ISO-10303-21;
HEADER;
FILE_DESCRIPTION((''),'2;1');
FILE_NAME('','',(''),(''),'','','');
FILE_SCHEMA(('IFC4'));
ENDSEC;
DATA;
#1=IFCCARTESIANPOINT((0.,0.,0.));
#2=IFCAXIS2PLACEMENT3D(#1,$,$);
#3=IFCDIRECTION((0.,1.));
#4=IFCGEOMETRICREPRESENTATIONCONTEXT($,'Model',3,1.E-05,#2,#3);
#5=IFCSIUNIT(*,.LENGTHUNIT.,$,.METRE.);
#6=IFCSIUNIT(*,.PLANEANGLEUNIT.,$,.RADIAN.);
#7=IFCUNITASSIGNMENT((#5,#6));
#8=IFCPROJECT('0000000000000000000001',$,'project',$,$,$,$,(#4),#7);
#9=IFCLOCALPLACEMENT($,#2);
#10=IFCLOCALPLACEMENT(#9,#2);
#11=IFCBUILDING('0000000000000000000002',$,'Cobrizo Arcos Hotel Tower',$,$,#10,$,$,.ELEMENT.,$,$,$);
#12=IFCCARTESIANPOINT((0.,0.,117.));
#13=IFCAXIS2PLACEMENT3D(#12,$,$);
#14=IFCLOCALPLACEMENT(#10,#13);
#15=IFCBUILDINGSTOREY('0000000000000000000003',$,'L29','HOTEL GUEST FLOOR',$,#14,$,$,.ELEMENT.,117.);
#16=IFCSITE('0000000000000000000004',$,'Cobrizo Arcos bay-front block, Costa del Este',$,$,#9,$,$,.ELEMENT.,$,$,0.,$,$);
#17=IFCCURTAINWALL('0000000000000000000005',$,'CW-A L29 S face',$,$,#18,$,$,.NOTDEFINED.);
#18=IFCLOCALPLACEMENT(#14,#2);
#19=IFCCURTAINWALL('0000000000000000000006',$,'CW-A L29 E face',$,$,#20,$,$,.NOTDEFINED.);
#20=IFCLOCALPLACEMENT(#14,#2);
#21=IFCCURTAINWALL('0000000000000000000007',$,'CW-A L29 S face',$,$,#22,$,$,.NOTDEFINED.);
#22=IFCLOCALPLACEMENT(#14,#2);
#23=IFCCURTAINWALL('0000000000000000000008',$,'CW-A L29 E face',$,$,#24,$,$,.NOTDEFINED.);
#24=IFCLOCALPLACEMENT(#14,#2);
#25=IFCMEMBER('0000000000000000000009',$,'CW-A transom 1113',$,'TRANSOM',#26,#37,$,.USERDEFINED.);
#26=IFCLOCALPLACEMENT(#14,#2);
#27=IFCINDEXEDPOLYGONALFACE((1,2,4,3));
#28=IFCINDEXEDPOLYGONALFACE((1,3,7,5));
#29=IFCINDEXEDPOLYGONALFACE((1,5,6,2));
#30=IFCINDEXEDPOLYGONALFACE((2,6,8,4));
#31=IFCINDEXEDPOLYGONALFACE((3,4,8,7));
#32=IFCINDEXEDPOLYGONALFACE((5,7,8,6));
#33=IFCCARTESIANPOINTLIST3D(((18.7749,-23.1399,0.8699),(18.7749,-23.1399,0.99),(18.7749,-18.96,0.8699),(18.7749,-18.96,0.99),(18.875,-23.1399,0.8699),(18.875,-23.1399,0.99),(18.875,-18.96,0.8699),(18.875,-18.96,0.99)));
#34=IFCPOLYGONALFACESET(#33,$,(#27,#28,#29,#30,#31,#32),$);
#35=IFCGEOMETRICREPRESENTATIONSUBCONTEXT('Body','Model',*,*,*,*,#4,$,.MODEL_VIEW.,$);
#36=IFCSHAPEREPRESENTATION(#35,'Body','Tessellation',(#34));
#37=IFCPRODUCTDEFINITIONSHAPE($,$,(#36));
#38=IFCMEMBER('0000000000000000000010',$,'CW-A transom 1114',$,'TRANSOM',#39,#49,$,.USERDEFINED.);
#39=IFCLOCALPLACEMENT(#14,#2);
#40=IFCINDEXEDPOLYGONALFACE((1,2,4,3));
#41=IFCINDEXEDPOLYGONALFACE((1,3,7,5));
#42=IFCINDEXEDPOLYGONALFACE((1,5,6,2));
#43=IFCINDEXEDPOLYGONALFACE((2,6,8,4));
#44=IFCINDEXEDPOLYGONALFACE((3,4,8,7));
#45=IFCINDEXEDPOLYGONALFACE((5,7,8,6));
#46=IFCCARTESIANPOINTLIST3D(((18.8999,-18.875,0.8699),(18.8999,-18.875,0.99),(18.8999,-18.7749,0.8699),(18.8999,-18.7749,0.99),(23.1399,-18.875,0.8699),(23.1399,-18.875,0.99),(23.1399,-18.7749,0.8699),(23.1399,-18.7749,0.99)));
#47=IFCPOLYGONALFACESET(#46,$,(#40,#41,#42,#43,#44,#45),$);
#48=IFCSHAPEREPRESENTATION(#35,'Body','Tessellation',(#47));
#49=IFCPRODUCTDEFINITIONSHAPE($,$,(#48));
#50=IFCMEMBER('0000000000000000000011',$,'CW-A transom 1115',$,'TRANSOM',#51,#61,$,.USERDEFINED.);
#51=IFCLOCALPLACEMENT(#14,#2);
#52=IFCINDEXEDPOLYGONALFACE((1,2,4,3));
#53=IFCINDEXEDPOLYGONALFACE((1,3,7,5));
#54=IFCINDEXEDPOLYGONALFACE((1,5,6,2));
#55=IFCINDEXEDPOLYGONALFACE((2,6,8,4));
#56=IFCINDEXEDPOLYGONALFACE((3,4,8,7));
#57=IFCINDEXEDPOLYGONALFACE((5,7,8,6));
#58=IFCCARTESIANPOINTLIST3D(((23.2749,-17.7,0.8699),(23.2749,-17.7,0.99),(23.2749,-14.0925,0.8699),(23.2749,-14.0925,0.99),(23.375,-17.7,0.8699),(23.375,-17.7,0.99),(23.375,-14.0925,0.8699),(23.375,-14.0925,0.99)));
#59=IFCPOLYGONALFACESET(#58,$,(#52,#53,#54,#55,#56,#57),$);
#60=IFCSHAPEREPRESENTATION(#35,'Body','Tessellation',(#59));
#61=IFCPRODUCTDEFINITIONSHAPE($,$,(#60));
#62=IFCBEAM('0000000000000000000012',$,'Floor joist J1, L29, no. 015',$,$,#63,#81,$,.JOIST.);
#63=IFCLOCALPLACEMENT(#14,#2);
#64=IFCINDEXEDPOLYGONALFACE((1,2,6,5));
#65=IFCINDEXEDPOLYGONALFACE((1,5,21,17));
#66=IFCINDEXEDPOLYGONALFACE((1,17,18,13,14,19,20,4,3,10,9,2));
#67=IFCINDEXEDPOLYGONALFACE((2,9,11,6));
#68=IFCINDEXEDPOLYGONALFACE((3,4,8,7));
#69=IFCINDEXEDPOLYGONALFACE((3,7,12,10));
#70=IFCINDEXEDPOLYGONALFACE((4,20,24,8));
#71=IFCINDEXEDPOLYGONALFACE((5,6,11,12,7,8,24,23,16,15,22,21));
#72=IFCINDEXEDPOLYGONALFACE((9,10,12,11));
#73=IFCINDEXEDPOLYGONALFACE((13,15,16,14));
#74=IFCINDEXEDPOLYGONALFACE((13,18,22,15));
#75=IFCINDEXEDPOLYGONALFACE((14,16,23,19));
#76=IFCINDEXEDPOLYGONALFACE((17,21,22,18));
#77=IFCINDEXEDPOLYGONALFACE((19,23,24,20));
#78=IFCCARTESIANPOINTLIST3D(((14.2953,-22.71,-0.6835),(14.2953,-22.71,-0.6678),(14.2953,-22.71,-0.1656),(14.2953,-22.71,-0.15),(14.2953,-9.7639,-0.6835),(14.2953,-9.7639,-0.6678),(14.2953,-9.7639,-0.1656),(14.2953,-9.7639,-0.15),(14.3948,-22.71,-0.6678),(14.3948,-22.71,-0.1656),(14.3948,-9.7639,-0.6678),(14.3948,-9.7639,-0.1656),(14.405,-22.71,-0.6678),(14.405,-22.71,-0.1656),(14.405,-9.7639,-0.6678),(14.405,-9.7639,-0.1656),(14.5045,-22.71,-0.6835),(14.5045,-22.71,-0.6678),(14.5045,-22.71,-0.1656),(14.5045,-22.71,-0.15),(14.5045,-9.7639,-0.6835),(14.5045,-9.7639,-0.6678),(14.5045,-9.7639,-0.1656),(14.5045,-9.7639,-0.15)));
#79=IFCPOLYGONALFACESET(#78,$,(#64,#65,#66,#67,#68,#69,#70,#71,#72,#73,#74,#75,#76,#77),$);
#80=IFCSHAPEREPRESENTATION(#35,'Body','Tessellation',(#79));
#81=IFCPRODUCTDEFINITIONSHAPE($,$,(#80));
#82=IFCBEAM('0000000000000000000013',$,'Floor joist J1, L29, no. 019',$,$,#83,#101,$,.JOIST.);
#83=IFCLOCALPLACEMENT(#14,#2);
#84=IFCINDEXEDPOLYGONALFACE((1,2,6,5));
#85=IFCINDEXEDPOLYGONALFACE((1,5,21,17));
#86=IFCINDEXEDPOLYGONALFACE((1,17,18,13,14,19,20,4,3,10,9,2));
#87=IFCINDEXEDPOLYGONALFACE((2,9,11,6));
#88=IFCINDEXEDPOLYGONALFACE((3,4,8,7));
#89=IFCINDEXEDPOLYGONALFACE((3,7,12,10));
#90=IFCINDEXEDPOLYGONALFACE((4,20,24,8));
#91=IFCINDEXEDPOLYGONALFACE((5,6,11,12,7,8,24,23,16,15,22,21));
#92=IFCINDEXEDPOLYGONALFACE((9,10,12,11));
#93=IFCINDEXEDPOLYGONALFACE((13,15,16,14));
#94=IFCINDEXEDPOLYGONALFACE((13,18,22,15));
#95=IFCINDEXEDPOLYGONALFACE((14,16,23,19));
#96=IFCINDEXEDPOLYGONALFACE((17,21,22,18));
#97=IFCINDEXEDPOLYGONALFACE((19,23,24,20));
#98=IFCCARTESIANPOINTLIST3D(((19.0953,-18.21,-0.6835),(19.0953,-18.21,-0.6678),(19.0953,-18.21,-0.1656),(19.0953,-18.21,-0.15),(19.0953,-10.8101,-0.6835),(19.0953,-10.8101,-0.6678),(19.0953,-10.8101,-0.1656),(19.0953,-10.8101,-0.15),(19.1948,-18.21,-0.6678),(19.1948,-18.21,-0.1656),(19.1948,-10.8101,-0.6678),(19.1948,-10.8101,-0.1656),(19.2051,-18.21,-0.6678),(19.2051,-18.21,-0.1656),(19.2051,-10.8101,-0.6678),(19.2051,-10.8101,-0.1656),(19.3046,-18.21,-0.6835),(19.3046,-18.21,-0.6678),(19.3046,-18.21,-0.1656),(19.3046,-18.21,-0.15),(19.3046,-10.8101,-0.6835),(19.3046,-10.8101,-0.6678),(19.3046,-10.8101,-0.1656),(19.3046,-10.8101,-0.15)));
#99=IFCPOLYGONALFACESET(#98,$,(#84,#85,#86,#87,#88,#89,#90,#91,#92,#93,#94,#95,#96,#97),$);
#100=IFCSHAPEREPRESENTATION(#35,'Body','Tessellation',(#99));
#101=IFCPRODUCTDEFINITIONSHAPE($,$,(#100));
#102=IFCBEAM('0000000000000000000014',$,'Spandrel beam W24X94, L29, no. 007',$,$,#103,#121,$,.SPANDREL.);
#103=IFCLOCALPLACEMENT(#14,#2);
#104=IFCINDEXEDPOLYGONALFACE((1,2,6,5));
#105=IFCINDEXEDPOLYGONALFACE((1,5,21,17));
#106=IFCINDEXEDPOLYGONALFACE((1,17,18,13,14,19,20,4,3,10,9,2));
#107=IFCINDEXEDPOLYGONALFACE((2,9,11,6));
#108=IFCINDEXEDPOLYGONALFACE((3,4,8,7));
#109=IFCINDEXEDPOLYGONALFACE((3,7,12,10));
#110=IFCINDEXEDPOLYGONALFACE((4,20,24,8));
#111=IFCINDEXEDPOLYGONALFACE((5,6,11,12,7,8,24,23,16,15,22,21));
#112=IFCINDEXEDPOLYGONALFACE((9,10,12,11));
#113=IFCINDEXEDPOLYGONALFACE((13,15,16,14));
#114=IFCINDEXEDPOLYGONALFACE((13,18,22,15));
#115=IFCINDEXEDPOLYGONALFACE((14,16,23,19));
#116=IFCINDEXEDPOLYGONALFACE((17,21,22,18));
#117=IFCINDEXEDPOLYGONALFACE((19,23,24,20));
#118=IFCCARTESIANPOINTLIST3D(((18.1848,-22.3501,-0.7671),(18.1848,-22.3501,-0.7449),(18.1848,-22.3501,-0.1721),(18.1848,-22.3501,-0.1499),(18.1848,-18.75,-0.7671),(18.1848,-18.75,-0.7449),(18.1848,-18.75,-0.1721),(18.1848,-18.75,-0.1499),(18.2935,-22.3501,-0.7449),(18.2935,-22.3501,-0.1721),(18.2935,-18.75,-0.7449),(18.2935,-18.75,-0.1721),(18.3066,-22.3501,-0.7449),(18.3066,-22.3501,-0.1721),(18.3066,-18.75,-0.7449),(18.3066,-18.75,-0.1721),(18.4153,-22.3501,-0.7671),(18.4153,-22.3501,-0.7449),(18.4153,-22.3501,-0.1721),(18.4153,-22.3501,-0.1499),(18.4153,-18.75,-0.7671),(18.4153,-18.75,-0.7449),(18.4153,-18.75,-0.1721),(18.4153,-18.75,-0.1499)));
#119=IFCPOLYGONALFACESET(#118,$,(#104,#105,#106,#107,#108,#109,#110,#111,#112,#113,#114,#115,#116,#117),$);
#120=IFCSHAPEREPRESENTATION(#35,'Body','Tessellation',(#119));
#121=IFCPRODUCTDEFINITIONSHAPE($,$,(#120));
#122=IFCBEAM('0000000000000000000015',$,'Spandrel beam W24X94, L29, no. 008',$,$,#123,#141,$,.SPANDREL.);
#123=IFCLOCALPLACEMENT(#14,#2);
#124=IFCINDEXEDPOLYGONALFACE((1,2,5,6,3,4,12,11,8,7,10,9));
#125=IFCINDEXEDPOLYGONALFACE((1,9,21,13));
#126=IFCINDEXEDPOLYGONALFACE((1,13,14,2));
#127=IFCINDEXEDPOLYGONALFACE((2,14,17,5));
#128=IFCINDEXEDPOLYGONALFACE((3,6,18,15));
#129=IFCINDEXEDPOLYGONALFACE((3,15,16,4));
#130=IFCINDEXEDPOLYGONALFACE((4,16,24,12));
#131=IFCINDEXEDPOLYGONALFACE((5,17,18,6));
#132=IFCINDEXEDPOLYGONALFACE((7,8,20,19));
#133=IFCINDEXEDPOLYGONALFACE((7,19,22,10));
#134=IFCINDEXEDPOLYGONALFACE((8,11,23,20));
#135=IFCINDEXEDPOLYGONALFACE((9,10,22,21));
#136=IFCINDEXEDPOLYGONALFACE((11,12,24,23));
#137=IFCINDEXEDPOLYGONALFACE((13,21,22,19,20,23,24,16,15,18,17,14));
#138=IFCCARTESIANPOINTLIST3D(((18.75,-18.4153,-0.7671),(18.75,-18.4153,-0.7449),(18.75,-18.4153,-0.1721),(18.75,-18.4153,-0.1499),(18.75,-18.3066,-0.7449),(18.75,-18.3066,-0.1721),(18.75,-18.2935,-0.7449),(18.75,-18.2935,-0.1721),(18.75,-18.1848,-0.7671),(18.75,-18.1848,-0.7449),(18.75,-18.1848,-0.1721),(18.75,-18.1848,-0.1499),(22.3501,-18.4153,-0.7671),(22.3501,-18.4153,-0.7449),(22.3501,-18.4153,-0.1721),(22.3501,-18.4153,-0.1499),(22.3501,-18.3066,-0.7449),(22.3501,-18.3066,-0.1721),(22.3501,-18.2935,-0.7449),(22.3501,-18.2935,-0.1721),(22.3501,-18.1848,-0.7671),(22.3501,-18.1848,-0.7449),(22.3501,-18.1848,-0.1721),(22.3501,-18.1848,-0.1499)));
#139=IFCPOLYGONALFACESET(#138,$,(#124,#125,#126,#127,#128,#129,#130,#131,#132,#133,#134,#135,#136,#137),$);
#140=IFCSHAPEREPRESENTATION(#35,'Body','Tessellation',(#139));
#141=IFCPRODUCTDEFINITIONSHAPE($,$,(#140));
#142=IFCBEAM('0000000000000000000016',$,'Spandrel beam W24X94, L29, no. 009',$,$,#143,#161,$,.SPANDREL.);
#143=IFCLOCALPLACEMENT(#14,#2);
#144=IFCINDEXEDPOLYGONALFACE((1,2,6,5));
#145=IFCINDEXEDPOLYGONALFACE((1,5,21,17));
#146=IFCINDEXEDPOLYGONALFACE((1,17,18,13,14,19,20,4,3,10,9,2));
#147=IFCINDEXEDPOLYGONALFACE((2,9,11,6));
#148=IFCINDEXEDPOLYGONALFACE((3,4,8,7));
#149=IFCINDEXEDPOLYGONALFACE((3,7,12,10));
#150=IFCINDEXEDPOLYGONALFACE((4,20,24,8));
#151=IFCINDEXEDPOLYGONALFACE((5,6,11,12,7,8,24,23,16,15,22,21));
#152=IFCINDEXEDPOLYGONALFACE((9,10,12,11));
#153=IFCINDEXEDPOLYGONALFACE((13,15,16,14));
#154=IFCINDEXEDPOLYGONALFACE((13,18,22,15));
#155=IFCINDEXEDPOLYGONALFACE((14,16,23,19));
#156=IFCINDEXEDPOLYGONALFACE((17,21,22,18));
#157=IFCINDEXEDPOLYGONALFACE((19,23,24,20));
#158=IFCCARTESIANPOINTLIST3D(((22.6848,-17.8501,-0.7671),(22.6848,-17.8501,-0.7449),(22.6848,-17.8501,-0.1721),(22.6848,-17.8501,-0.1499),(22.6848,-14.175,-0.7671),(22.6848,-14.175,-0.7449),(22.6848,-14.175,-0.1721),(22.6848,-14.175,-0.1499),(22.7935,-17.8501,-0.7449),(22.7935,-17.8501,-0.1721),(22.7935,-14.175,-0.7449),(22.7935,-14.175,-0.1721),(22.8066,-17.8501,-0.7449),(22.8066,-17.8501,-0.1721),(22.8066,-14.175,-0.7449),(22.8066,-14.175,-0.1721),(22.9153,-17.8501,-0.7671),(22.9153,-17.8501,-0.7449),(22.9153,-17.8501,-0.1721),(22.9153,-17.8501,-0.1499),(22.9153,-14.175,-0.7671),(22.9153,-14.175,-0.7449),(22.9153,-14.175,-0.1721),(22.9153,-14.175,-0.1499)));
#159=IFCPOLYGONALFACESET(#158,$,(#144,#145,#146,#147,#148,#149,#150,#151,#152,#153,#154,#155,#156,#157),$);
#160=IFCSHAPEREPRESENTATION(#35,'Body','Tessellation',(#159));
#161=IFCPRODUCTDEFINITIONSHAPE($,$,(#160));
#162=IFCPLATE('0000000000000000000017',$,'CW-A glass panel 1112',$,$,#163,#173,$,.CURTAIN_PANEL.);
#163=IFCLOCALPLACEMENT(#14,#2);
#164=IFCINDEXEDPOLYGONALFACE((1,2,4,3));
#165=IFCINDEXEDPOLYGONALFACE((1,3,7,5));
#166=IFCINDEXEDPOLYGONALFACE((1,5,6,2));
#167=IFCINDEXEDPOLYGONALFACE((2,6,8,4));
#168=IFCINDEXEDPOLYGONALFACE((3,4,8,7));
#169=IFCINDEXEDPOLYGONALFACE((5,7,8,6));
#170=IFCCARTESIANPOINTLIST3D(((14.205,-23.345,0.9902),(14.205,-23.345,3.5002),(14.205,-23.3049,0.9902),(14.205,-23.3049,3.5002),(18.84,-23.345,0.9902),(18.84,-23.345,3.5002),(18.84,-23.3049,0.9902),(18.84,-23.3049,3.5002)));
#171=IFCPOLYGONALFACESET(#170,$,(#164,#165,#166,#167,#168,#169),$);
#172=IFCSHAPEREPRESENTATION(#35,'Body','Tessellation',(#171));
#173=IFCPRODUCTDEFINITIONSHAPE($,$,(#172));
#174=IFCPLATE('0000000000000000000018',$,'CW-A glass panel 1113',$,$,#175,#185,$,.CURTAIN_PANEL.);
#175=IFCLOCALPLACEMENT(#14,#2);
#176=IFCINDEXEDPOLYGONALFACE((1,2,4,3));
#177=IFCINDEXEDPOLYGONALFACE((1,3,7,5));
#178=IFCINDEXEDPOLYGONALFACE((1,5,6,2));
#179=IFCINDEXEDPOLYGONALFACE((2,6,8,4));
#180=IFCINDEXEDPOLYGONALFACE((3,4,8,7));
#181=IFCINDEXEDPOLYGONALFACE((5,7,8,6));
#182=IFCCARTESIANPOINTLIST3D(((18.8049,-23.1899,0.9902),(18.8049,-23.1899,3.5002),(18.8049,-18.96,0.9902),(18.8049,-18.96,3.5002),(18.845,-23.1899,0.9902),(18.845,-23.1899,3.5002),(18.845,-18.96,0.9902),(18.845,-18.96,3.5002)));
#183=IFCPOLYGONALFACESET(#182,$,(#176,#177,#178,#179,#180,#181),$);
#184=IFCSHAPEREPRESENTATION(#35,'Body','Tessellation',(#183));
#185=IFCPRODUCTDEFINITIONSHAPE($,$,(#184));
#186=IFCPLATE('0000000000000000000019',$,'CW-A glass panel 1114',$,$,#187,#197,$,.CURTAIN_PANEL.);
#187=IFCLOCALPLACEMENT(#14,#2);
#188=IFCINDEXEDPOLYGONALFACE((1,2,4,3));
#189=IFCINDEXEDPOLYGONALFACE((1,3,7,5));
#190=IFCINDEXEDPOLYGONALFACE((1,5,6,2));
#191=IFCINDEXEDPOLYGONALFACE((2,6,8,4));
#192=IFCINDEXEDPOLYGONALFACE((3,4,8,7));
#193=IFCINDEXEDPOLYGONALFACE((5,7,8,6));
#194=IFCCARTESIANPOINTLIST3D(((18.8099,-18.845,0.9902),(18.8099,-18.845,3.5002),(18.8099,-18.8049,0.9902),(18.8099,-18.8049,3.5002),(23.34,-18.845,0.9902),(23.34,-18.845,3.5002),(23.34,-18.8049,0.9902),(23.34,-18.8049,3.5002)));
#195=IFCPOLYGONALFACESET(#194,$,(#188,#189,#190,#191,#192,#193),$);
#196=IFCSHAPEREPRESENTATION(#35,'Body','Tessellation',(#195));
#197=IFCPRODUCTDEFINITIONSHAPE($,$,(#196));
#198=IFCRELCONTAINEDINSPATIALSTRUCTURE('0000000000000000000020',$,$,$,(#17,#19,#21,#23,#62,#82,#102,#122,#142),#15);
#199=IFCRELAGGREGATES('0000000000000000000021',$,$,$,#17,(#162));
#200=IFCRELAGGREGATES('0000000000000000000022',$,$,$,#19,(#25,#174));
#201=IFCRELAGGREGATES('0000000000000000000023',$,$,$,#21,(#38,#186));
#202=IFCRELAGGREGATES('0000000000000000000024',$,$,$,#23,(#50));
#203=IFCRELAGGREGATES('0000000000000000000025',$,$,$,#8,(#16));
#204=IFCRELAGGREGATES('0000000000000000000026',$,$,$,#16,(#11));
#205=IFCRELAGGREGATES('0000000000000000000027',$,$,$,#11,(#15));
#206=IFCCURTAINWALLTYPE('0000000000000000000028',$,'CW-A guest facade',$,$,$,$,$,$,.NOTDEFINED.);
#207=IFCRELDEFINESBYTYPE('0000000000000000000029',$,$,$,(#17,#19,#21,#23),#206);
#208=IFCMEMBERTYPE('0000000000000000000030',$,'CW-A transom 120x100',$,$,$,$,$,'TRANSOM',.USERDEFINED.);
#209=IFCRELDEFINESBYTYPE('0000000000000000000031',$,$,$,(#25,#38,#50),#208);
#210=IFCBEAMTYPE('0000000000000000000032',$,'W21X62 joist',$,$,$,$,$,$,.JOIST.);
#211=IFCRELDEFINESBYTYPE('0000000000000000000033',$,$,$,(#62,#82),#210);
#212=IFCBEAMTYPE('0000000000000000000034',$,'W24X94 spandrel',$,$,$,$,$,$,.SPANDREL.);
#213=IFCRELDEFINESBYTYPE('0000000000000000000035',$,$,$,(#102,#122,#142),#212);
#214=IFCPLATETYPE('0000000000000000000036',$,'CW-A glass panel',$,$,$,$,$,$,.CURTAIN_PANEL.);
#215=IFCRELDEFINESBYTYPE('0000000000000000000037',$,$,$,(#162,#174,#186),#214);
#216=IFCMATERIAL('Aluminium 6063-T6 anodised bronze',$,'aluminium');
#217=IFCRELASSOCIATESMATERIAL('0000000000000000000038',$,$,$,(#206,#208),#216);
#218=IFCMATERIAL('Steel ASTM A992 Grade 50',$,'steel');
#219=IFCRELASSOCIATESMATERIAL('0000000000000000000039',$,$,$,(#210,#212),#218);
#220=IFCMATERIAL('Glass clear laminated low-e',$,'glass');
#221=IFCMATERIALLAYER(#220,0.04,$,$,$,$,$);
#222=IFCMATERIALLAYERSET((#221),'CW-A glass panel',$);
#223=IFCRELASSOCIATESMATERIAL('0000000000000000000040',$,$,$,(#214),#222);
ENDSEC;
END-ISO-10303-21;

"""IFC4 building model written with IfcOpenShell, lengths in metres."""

from ifc_helpers import new_model, si_unit, direction, frame, origin, origin_2d, place, context, subcontext, project, spatial, rectangle, i_section, extrude, material, layer, layer_set, material_profile, profile_set, type_object, element, aggregate, save


model = new_model("IFC4")

# Units and contexts
model_context = context("Model", 3, precision=1e-05, world=origin(), true_north=direction((0.0, 1.0)))
body_context = subcontext(model_context, "Body", "Model", "MODEL_VIEW")
ifc_project = project(units=[si_unit("LENGTHUNIT", "METRE"), si_unit("PLANEANGLEUNIT", "RADIAN")], contexts=[model_context])

# Site, building, storey
site_placement = place(None, origin())
site = spatial("IfcSite", under=ifc_project, at=site_placement, Name="Cobrizo Arcos bay-front block, Costa del Este", CompositionType="ELEMENT", RefElevation=0.0)
building_placement = place(site_placement, origin())
building = spatial("IfcBuilding", under=site, at=building_placement, Name="Cobrizo Arcos Hotel Tower", CompositionType="ELEMENT")
storey_placement = place(building_placement, frame((0.0, 0.0, 117.0)))
storey = spatial("IfcBuildingStorey", under=building, at=storey_placement, Name="L29", Description="HOTEL GUEST FLOOR", CompositionType="ELEMENT", Elevation=117.0)

# Curtain wall
ifc_material_1 = material(Name="Aluminium 6063-T6 anodised bronze", Category="aluminium")
curtain_wall_type = type_object("IfcCurtainWallType", Name="CW-A guest facade", PredefinedType="NOTDEFINED", material=ifc_material_1)
curtain_wall_1_placement = place(storey_placement, origin())
curtain_wall_1 = element("IfcCurtainWall", 1, at=curtain_wall_1_placement, inside=storey, type_object=curtain_wall_type, Name="CW-A L29 S face", PredefinedType="NOTDEFINED")

# Curtain walls
curtain_wall_2_placement = place(storey_placement, origin())
curtain_wall_2 = element("IfcCurtainWall", 2, at=curtain_wall_2_placement, inside=storey, type_object=curtain_wall_type, Name="CW-A L29 E face", PredefinedType="NOTDEFINED")
curtain_wall_3_placement = place(storey_placement, origin())
curtain_wall_3 = element("IfcCurtainWall", 3, at=curtain_wall_3_placement, inside=storey, type_object=curtain_wall_type, Name="CW-A L29 S face", PredefinedType="NOTDEFINED")

# Curtain wall
curtain_wall_4_placement = place(storey_placement, origin())
curtain_wall_4 = element("IfcCurtainWall", 4, at=curtain_wall_4_placement, inside=storey, type_object=curtain_wall_type, Name="CW-A L29 E face", PredefinedType="NOTDEFINED")

# Members
ifc_material_profile_1 = material_profile(ifc_material_1, rectangle(XDim=0.1001, YDim=0.1201, at=origin_2d()), Name="CW-A transom 120x100")
ifc_profile_set_1 = profile_set([ifc_material_profile_1], Name="Aluminium 6063-T6 anodised bronze")
member_type_1 = type_object("IfcMemberType", Name="CW-A transom 120x100", ElementType="TRANSOM", PredefinedType="USERDEFINED", material=ifc_profile_set_1)
member_1_placement = place(storey_placement, frame((18.825, -23.1399, 0.9299), z_axis=(0.0, 1.0, 0.0), x_axis=(-1.0, 0.0, 0.0)))
member_1 = element("IfcMember", 5, at=member_1_placement, type_object=member_type_1, Name="CW-A transom 1113", ObjectType="TRANSOM", PredefinedType="USERDEFINED", context=body_context, shape_type="SweptSolid", body=[
    extrude(rectangle(XDim=0.1001, YDim=0.1201, at=origin_2d()), origin(), (0.0, 0.0, 1.0), 4.1799),
])
member_2_placement = place(storey_placement, frame((18.8999, -18.825, 0.9299), z_axis=(1.0, 0.0, 0.0), x_axis=(0.0, 1.0, 0.0)))
member_2 = element("IfcMember", 6, at=member_2_placement, type_object=member_type_1, Name="CW-A transom 1114", ObjectType="TRANSOM", PredefinedType="USERDEFINED", context=body_context, shape_type="SweptSolid", body=[
    extrude(rectangle(XDim=0.1001, YDim=0.1201, at=origin_2d()), origin(), (0.0, 0.0, 1.0), 4.24),
])
member_3_placement = place(storey_placement, frame((23.325, -17.7, 0.9299), z_axis=(0.0, 1.0, 0.0), x_axis=(-1.0, 0.0, 0.0)))
member_3 = element("IfcMember", 7, at=member_3_placement, type_object=member_type_1, Name="CW-A transom 1115", ObjectType="TRANSOM", PredefinedType="USERDEFINED", context=body_context, shape_type="SweptSolid", body=[
    extrude(rectangle(XDim=0.1001, YDim=0.1201, at=origin_2d()), origin(), (0.0, 0.0, 1.0), 3.6074),
])

# Beams
ifc_material_2 = material(Name="Steel ASTM A992 Grade 50", Category="steel")
ifc_material_profile_2 = material_profile(ifc_material_2, i_section(OverallWidth=0.2092, OverallDepth=0.5334, WebThickness=0.0103, FlangeThickness=0.0156, at=origin_2d()), Name="W21X62")
ifc_profile_set_2 = profile_set([ifc_material_profile_2], Name="Steel ASTM A992 Grade 50")
beam_type_1 = type_object("IfcBeamType", Name="W21X62 joist", PredefinedType="JOIST", material=ifc_profile_set_2)
beam_1_placement = place(storey_placement, frame((14.3999, -22.71, -0.4167), z_axis=(0.0, 1.0, 0.0), x_axis=(-1.0, 0.0, 0.0)))
element("IfcBeam", 8, at=beam_1_placement, inside=storey, type_object=beam_type_1, Name="Floor joist J1, L29, no. 015", PredefinedType="JOIST", context=body_context, shape_type="SweptSolid", body=[
    extrude(i_section(OverallWidth=0.2092, OverallDepth=0.5334, WebThickness=0.0103, FlangeThickness=0.0156, at=origin_2d()), origin(), (0.0, 0.0, 1.0), 12.946),
])
beam_2_placement = place(storey_placement, frame((19.2, -18.21, -0.4167), z_axis=(0.0, 1.0, 0.0), x_axis=(-1.0, 0.0, 0.0)))
element("IfcBeam", 9, at=beam_2_placement, inside=storey, type_object=beam_type_1, Name="Floor joist J1, L29, no. 019", PredefinedType="JOIST", context=body_context, shape_type="SweptSolid", body=[
    extrude(i_section(OverallWidth=0.2092, OverallDepth=0.5334, WebThickness=0.0103, FlangeThickness=0.0156, at=origin_2d()), origin(), (0.0, 0.0, 1.0), 7.3999),
])
ifc_material_profile_3 = material_profile(ifc_material_2, i_section(OverallWidth=0.2305, OverallDepth=0.6172, WebThickness=0.0132, FlangeThickness=0.0222, at=origin_2d()), Name="W24X94")
ifc_profile_set_3 = profile_set([ifc_material_profile_3], Name="Steel ASTM A992 Grade 50")
beam_type_2 = type_object("IfcBeamType", Name="W24X94 spandrel", PredefinedType="SPANDREL", material=ifc_profile_set_3)
for number, where, z_axis, x_axis, name in (
    (10, (18.3, -22.3501, -0.4585), (0.0, 1.0, 0.0), (-1.0, 0.0, 0.0), "Spandrel beam W24X94, L29, no. 007"),
    (11, (18.75, -18.3, -0.4585), (1.0, 0.0, 0.0), (0.0, 1.0, 0.0), "Spandrel beam W24X94, L29, no. 008"),
):
    element("IfcBeam", number, at=place(storey_placement, frame(where, z_axis=z_axis, x_axis=x_axis)), inside=storey, type_object=beam_type_2, Name=name, PredefinedType="SPANDREL", context=body_context, shape_type="SweptSolid", body=[
        extrude(i_section(OverallWidth=0.2305, OverallDepth=0.6172, WebThickness=0.0132, FlangeThickness=0.0222, at=origin_2d()), origin(), (0.0, 0.0, 1.0), 3.6001),
    ])
beam_3_placement = place(storey_placement, frame((22.8, -17.8501, -0.4585), z_axis=(0.0, 1.0, 0.0), x_axis=(-1.0, 0.0, 0.0)))
element("IfcBeam", 12, at=beam_3_placement, inside=storey, type_object=beam_type_2, Name="Spandrel beam W24X94, L29, no. 009", PredefinedType="SPANDREL", context=body_context, shape_type="SweptSolid", body=[
    extrude(i_section(OverallWidth=0.2305, OverallDepth=0.6172, WebThickness=0.0132, FlangeThickness=0.0222, at=origin_2d()), origin(), (0.0, 0.0, 1.0), 3.675),
])

# Plates
ifc_material_3 = material(Name="Glass clear laminated low-e", Category="glass")
ifc_layer_1 = layer(ifc_material_3, 0.04)
ifc_layer_set_1 = layer_set([ifc_layer_1], Name="CW-A glass panel")
plate_type_1 = type_object("IfcPlateType", Name="CW-A glass panel", PredefinedType="CURTAIN_PANEL", material=ifc_layer_set_1)
plate_1_placement = place(storey_placement, frame((16.5225, -23.325, 0.9902), z_axis=(0.0, 0.0, 1.0), x_axis=(1.0, 0.0, 0.0)))
plate_1 = element("IfcPlate", 13, at=plate_1_placement, type_object=plate_type_1, Name="CW-A glass panel 1112", PredefinedType="CURTAIN_PANEL", context=body_context, shape_type="SweptSolid", body=[
    extrude(rectangle(XDim=4.635, YDim=0.04, at=origin_2d()), origin(), (0.0, 0.0, 1.0), 2.51),
])
plate_2_placement = place(storey_placement, frame((18.825, -21.075, 0.9902), z_axis=(0.0, 0.0, 1.0), x_axis=(0.0, 1.0, 0.0)))
plate_2 = element("IfcPlate", 14, at=plate_2_placement, type_object=plate_type_1, Name="CW-A glass panel 1113", PredefinedType="CURTAIN_PANEL", context=body_context, shape_type="SweptSolid", body=[
    extrude(rectangle(XDim=4.23, YDim=0.04, at=origin_2d()), origin(), (0.0, 0.0, 1.0), 2.51),
])
plate_3_placement = place(storey_placement, frame((21.075, -18.825, 0.9902), z_axis=(0.0, 0.0, 1.0), x_axis=(1.0, 0.0, 0.0)))
plate_3 = element("IfcPlate", 15, at=plate_3_placement, type_object=plate_type_1, Name="CW-A glass panel 1114", PredefinedType="CURTAIN_PANEL", context=body_context, shape_type="SweptSolid", body=[
    extrude(rectangle(XDim=4.53, YDim=0.04, at=origin_2d()), origin(), (0.0, 0.0, 1.0), 2.51),
])
aggregate(curtain_wall_1, [plate_1])
aggregate(curtain_wall_2, [member_1, plate_2])
aggregate(curtain_wall_3, [member_2, plate_3])
aggregate(curtain_wall_4, [member_3])

save(model, "model.ifc")
